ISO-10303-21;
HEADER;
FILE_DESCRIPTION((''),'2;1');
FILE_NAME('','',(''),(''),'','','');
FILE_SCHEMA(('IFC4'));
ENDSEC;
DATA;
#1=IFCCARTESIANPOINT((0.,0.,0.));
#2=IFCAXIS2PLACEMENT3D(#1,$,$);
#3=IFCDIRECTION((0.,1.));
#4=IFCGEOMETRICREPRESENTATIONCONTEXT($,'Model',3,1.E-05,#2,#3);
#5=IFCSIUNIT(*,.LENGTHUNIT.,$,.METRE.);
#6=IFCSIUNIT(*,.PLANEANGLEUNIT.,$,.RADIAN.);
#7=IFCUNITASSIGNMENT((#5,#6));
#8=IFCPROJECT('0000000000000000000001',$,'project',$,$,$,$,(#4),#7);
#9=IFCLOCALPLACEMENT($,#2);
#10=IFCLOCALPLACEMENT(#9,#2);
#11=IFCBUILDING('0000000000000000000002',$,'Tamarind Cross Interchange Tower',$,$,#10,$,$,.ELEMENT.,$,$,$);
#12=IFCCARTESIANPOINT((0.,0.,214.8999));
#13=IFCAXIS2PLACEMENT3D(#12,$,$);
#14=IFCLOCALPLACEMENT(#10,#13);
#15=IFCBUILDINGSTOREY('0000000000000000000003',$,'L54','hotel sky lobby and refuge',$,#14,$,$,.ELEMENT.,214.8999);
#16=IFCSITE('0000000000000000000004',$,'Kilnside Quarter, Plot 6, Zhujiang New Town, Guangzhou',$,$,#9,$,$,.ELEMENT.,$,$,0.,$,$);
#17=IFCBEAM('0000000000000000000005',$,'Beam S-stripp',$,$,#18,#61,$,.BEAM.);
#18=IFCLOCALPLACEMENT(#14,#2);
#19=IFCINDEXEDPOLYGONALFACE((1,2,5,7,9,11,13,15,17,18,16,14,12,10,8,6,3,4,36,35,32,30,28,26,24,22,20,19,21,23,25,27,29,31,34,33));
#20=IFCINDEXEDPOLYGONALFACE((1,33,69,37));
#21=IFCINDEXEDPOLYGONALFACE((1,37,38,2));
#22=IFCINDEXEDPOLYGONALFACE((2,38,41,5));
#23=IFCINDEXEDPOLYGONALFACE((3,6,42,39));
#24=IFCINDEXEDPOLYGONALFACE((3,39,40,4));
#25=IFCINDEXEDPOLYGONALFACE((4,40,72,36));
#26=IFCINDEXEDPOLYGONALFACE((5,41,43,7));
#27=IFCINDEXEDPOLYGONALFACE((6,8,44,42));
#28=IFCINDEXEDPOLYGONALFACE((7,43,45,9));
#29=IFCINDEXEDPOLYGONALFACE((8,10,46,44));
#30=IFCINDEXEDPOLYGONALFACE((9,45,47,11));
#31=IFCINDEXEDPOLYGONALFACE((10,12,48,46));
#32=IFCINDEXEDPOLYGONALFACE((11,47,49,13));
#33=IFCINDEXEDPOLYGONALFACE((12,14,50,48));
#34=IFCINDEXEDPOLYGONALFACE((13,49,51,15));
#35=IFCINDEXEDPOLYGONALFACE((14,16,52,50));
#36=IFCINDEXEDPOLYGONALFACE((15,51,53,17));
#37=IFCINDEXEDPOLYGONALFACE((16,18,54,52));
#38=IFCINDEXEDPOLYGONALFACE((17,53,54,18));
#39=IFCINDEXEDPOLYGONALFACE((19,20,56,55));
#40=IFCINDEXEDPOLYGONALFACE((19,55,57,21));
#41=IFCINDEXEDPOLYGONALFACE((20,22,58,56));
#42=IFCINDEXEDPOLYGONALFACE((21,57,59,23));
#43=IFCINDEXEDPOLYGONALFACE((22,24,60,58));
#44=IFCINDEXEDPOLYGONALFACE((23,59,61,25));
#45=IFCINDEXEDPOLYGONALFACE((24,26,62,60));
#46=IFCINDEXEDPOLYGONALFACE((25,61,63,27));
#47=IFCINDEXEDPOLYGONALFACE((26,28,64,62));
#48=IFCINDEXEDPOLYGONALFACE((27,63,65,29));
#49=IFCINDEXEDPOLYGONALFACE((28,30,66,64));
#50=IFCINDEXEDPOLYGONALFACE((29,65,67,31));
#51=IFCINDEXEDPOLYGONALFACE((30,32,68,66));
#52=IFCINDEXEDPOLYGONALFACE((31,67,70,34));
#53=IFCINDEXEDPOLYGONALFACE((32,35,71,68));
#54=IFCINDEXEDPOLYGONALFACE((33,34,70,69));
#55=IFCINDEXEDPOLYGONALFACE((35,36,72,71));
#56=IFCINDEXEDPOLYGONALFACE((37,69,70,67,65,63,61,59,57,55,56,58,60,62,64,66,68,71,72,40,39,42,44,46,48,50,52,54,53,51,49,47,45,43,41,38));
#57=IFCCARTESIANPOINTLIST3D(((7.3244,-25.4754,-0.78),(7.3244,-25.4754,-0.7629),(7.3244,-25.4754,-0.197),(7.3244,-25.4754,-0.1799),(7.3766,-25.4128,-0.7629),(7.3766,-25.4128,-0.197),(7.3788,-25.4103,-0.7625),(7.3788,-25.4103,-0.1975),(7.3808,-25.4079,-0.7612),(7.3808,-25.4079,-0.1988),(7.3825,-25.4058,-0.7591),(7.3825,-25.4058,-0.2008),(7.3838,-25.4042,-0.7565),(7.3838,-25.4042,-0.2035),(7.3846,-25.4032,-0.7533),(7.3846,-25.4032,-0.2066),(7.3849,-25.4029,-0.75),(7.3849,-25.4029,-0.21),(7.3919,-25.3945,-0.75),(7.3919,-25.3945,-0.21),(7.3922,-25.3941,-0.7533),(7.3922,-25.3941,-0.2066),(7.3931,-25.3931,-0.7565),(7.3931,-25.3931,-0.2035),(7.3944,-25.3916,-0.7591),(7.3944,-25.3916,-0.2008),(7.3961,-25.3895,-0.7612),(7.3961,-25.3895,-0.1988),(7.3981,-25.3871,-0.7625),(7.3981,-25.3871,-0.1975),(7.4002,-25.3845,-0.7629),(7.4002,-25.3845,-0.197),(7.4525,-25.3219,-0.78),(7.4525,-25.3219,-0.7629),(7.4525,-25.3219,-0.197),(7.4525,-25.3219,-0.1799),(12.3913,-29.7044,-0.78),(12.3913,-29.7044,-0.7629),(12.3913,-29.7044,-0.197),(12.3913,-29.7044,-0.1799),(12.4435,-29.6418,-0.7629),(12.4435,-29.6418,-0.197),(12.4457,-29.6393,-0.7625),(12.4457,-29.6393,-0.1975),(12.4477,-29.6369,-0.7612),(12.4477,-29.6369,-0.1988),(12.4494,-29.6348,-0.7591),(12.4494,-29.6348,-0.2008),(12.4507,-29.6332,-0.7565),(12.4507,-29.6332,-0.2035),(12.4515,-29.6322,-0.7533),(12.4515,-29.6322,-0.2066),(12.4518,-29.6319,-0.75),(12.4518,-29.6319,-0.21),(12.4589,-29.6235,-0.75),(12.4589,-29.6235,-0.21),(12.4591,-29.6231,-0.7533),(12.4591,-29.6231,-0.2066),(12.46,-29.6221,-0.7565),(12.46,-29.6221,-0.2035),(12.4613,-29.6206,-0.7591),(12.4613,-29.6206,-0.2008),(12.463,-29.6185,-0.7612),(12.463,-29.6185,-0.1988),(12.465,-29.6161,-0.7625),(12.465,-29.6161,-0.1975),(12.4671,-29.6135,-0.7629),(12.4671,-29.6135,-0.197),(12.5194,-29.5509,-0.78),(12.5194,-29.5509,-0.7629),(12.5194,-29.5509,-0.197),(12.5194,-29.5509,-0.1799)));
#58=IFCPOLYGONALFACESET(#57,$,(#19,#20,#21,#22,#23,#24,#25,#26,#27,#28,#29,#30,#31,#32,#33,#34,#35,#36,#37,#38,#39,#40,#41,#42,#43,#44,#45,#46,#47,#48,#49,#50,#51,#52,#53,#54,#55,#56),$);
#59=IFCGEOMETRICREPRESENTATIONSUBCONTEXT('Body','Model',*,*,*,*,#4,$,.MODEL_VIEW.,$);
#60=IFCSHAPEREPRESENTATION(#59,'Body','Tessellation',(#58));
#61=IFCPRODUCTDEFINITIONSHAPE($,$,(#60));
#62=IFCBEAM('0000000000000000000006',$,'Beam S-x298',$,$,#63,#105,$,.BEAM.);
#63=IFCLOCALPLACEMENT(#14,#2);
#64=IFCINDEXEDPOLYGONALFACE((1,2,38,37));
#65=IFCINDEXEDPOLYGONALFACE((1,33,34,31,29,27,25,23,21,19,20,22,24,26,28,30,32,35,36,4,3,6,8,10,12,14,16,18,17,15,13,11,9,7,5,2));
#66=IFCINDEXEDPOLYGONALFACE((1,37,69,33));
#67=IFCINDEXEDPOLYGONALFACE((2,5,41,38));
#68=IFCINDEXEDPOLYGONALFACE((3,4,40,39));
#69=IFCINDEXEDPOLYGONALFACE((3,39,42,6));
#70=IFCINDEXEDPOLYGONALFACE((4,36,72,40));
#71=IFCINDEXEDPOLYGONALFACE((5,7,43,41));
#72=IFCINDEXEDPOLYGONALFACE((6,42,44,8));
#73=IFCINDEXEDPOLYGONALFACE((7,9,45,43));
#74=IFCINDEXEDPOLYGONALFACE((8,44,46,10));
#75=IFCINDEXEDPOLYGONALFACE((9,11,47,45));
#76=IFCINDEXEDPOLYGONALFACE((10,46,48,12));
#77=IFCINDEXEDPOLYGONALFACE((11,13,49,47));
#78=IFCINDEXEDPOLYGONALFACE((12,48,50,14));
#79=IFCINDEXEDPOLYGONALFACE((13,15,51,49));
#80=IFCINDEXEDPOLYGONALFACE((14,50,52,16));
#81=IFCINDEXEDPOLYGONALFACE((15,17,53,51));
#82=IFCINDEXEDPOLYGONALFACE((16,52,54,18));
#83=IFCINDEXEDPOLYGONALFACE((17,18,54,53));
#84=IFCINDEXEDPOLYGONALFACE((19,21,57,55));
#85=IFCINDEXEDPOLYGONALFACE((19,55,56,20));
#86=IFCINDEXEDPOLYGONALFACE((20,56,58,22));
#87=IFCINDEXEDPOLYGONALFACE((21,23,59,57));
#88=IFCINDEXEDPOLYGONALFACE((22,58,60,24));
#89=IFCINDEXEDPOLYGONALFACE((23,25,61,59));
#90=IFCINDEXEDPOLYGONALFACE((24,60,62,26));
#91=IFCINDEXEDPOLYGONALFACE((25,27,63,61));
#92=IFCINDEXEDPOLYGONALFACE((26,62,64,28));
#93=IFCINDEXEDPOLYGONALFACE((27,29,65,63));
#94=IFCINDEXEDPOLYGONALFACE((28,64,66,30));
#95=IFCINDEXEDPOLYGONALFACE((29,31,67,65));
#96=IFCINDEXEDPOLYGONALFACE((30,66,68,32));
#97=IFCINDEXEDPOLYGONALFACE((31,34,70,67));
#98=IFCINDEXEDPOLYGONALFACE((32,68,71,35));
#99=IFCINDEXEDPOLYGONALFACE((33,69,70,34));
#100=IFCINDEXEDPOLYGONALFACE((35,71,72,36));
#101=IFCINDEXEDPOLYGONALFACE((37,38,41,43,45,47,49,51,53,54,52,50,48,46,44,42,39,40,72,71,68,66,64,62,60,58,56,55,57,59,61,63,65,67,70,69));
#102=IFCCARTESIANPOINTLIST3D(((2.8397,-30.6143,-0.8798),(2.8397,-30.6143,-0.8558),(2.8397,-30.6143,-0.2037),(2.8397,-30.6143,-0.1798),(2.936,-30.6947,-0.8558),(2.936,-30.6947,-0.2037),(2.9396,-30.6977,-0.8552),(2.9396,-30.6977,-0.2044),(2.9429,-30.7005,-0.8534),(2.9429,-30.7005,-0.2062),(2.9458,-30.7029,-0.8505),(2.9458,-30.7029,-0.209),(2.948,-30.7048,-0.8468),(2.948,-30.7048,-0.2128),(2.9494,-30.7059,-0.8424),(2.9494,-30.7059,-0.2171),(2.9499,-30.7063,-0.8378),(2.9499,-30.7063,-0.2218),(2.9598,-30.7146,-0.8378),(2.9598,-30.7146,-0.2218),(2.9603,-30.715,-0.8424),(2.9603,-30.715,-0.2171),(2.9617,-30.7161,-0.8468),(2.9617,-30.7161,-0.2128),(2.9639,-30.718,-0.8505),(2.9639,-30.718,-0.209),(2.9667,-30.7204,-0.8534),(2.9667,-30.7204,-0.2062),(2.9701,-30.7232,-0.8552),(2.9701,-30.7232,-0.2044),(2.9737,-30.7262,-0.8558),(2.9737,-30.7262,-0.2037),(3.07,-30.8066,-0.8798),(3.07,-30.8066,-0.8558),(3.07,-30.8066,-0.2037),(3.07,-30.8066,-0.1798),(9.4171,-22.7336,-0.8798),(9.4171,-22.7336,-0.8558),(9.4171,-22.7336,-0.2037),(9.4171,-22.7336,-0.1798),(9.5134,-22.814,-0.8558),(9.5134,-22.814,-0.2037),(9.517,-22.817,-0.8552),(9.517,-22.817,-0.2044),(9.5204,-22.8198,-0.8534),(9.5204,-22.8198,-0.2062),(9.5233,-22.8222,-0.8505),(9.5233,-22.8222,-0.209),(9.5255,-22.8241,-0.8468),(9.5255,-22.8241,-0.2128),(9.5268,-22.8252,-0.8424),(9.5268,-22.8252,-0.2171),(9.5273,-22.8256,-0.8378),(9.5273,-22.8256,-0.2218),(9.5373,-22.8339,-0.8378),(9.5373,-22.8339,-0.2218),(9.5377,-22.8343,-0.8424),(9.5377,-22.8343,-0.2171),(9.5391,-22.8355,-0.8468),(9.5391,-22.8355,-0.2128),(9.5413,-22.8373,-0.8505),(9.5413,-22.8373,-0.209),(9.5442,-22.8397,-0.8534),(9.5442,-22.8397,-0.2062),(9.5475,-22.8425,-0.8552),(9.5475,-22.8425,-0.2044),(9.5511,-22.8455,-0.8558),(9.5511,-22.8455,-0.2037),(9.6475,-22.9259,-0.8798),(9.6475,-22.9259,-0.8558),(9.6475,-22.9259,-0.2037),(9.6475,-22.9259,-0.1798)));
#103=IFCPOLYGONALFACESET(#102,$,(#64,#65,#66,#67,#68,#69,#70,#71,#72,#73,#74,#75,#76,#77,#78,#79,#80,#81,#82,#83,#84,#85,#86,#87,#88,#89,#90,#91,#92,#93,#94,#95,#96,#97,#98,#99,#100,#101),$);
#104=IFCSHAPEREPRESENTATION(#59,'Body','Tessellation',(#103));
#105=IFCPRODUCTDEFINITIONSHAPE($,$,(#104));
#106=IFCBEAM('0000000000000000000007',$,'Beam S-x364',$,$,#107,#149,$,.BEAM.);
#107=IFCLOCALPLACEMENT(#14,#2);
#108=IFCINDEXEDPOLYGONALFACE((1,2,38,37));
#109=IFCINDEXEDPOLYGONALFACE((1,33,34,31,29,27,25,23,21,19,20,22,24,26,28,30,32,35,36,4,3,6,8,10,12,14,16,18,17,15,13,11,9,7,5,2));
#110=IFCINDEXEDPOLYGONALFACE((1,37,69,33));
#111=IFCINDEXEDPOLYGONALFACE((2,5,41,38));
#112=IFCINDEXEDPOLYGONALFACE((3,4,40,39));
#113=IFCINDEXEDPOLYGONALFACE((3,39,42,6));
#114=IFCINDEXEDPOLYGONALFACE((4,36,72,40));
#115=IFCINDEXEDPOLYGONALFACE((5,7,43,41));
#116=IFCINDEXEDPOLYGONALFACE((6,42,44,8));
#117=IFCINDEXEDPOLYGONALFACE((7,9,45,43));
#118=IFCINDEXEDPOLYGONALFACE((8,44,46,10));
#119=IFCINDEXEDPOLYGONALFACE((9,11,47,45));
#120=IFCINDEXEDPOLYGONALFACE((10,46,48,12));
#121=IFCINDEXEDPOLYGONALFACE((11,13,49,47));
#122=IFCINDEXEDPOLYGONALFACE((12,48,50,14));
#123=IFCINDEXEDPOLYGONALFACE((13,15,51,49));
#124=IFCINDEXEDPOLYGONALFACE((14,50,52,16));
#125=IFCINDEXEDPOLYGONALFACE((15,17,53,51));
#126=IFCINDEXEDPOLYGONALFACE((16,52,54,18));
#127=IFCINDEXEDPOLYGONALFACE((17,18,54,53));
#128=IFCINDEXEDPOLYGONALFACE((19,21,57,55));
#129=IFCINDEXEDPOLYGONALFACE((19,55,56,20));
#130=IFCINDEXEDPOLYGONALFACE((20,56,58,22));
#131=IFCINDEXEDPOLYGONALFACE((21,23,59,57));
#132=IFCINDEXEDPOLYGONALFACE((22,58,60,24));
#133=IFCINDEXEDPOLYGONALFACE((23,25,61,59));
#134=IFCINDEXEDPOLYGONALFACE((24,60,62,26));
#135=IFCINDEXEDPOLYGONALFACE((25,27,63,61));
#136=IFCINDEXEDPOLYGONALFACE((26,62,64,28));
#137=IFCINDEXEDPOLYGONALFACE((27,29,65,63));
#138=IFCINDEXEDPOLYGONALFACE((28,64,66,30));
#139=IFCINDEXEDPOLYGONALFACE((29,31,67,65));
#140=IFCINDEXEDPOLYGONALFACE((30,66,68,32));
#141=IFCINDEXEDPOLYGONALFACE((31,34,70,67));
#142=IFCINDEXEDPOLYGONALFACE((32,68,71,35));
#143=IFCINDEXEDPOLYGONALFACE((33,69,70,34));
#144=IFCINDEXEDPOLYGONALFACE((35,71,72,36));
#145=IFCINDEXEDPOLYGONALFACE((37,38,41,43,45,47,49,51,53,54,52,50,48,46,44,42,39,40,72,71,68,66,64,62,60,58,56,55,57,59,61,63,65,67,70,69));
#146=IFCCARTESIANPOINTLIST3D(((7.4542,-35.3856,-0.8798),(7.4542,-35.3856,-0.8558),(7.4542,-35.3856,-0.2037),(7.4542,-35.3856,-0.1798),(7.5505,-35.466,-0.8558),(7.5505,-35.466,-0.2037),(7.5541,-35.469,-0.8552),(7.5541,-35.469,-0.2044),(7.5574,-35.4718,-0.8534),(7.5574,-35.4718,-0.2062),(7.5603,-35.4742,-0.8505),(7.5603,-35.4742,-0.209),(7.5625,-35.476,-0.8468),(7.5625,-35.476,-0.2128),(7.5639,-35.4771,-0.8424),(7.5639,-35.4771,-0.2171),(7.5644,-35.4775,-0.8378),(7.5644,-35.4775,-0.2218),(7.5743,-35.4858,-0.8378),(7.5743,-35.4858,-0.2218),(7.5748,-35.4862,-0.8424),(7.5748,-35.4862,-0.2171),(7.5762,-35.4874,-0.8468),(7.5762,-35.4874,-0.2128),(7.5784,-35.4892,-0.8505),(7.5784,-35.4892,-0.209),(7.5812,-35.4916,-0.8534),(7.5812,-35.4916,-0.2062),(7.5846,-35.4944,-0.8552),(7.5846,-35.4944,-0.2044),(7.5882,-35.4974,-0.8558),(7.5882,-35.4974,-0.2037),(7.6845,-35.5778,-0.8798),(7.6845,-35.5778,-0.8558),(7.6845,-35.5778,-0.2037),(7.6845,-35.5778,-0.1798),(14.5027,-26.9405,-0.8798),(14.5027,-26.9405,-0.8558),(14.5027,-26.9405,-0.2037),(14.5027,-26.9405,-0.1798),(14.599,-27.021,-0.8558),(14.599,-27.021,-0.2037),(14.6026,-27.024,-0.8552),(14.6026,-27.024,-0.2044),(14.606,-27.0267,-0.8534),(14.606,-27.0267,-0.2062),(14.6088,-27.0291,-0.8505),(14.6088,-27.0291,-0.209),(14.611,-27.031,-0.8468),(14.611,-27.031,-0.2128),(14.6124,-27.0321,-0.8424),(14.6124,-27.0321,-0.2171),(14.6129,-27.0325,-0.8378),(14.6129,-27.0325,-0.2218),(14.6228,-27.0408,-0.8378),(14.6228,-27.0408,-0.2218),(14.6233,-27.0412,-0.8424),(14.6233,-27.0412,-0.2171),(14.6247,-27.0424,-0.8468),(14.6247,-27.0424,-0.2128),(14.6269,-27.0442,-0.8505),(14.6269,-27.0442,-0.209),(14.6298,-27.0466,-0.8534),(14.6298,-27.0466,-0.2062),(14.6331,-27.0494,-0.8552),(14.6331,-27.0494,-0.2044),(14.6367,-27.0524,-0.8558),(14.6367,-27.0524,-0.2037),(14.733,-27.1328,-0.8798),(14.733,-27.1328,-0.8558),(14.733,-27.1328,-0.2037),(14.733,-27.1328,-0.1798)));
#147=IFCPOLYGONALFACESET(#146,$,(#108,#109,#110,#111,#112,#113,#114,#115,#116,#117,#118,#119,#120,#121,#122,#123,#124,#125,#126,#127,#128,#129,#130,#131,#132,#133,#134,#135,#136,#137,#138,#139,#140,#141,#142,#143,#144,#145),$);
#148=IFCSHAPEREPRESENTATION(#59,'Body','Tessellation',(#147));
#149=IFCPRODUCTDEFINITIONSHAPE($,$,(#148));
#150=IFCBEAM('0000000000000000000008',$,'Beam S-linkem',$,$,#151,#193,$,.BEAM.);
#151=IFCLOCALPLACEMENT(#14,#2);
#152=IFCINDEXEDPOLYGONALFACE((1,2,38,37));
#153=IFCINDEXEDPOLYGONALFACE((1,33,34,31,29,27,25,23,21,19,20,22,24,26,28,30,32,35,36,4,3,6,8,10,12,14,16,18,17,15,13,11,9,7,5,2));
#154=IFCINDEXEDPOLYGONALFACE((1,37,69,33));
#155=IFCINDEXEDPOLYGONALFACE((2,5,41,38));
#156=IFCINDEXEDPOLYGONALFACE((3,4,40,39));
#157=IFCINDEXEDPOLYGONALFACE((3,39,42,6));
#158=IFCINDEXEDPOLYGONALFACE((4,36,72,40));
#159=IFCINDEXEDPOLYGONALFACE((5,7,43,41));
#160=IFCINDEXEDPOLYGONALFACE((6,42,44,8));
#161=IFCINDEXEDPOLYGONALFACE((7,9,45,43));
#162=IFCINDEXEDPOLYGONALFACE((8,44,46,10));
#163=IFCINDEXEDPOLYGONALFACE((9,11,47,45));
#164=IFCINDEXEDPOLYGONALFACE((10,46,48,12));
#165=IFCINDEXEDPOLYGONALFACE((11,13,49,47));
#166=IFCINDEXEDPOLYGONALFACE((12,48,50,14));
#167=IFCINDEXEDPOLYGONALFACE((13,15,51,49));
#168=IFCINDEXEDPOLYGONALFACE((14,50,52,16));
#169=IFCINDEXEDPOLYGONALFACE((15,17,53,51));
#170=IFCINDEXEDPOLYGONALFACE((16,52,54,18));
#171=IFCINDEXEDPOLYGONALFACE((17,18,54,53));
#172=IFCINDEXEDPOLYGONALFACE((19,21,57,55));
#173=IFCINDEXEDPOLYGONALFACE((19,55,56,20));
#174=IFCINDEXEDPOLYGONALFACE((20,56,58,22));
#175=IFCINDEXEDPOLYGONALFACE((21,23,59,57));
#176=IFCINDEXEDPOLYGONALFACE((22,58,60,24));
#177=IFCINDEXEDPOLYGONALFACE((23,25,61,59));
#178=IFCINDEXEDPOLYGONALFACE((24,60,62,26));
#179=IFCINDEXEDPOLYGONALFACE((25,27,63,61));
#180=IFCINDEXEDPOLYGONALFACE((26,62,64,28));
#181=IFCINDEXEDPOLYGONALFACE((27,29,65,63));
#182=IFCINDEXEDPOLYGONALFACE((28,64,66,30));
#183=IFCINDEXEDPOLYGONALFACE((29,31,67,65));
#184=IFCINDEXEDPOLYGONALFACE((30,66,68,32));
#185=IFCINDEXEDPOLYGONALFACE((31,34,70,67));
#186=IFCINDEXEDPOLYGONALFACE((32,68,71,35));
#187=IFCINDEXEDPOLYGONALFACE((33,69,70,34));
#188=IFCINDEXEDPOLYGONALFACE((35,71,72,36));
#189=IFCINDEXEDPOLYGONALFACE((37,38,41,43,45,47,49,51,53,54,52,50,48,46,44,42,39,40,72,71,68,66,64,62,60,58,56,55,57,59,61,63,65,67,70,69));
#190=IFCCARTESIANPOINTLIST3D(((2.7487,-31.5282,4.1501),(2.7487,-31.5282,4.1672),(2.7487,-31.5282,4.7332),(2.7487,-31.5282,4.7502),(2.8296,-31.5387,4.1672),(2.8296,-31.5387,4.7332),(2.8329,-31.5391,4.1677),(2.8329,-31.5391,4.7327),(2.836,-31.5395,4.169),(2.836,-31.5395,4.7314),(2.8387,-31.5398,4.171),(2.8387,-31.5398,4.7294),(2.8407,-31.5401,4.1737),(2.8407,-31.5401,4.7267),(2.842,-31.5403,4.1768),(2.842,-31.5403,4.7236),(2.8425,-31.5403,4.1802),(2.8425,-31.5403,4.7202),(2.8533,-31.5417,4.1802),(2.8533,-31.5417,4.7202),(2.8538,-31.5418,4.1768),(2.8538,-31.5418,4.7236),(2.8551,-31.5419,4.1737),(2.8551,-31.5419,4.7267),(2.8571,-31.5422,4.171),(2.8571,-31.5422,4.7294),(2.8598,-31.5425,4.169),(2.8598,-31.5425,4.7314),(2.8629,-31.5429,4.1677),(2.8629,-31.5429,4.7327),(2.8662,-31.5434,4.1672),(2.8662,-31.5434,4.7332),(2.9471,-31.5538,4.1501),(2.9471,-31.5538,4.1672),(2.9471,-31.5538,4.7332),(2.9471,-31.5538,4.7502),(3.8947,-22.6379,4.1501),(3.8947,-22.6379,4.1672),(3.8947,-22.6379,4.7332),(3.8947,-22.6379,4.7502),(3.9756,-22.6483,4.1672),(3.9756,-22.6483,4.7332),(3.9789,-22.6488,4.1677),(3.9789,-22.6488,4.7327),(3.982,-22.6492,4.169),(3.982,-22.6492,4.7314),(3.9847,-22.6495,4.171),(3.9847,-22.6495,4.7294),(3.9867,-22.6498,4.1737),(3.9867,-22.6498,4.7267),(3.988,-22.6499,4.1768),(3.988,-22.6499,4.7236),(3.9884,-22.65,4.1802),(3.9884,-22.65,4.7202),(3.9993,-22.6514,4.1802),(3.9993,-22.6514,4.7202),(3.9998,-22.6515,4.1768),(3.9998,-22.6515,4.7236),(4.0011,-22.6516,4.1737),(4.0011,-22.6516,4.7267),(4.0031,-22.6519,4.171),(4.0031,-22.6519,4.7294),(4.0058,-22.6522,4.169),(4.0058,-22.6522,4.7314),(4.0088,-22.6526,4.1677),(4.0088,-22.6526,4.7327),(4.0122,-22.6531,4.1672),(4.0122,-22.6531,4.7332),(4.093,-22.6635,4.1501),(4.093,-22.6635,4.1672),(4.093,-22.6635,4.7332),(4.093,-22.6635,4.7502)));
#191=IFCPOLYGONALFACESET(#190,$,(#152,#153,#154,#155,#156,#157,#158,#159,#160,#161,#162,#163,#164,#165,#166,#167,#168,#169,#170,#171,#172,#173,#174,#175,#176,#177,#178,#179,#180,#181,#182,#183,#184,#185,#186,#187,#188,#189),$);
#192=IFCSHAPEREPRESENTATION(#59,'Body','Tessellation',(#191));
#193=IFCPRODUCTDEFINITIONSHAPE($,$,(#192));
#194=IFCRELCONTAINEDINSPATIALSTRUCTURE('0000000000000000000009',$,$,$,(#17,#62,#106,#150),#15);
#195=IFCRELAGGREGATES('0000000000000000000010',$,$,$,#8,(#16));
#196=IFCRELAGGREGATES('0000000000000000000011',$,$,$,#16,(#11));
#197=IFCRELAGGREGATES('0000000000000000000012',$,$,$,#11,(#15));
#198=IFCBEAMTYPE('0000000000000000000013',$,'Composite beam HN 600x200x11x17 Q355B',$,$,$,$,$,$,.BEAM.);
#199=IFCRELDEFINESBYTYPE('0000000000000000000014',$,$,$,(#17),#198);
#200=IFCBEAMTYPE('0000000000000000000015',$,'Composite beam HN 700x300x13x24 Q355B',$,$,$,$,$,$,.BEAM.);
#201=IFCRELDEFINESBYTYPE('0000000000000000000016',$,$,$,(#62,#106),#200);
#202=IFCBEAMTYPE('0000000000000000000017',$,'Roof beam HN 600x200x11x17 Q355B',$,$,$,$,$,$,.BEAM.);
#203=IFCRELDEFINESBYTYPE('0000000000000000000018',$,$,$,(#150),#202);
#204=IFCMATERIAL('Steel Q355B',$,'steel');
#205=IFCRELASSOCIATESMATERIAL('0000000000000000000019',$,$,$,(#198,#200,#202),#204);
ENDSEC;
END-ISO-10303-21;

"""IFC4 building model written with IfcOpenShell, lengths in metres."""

from ifc_helpers import new_model, si_unit, direction, frame, origin, origin_2d, place, context, subcontext, project, spatial, i_section, extrude, material, material_profile, profile_set, type_object, element, save


model = new_model("IFC4")

# Units and contexts
model_context = context("Model", 3, precision=1e-05, world=origin(), true_north=direction((0.0, 1.0)))
body_context = subcontext(model_context, "Body", "Model", "MODEL_VIEW")
ifc_project = project(units=[si_unit("LENGTHUNIT", "METRE"), si_unit("PLANEANGLEUNIT", "RADIAN")], contexts=[model_context])

# Site, building, storey
site_placement = place(None, origin())
site = spatial("IfcSite", under=ifc_project, at=site_placement, Name="Kilnside Quarter, Plot 6, Zhujiang New Town, Guangzhou", CompositionType="ELEMENT", RefElevation=0.0)
building_placement = place(site_placement, origin())
building = spatial("IfcBuilding", under=site, at=building_placement, Name="Tamarind Cross Interchange Tower", CompositionType="ELEMENT")
storey_placement = place(building_placement, frame((0.0, 0.0, 214.8999)))
storey = spatial("IfcBuildingStorey", under=building, at=storey_placement, Name="L54", Description="hotel sky lobby and refuge", CompositionType="ELEMENT", Elevation=214.8999)

# Beams
ifc_material_1 = material(Name="Steel Q355B", Category="steel")
ifc_material_profile_1 = material_profile(ifc_material_1, i_section(OverallWidth=0.2, OverallDepth=0.6001, WebThickness=0.011, FlangeThickness=0.0171, FilletRadius=0.0129, at=origin_2d()), Name="HN 600x200x11x17")
ifc_profile_set_1 = profile_set([ifc_material_profile_1], Name="Steel Q355B")
beam_type_1 = type_object("IfcBeamType", Name="Composite beam HN 600x200x11x17 Q355B", PredefinedType="BEAM", material=ifc_profile_set_1)
beam_1_placement = place(storey_placement, frame((7.3884, -25.3987, -0.48), z_axis=(0.76773, -0.640774, 0.0), x_axis=(0.640774, 0.76773, 0.0)))
element("IfcBeam", 1, at=beam_1_placement, inside=storey, type_object=beam_type_1, Name="Beam S-stripp", PredefinedType="BEAM", context=body_context, shape_type="SweptSolid", body=[
    extrude(i_section(OverallWidth=0.2, OverallDepth=0.6001, WebThickness=0.011, FlangeThickness=0.0171, FilletRadius=0.0129, at=origin_2d()), origin(), (0.0, 0.0, 1.0), 6.5999),
])
ifc_material_profile_2 = material_profile(ifc_material_1, i_section(OverallWidth=0.3, OverallDepth=0.7, WebThickness=0.0129, FlangeThickness=0.0239, FilletRadius=0.0181, at=origin_2d()), Name="HN 700x300x13x24")
ifc_profile_set_2 = profile_set([ifc_material_profile_2], Name="Steel Q355B")
beam_type_2 = type_object("IfcBeamType", Name="Composite beam HN 700x300x13x24 Q355B", PredefinedType="BEAM", material=ifc_profile_set_2)
beam_2_placement = place(storey_placement, frame((2.9548, -30.7104, -0.5298), z_axis=(0.640771, 0.767732, 0.0), x_axis=(-0.767732, 0.640771, 0.0)))
element("IfcBeam", 2, at=beam_2_placement, inside=storey, type_object=beam_type_2, Name="Beam S-x298", PredefinedType="BEAM", context=body_context, shape_type="SweptSolid", body=[
    extrude(i_section(OverallWidth=0.3, OverallDepth=0.7, WebThickness=0.0129, FlangeThickness=0.0239, FilletRadius=0.0181, at=origin_2d()), origin(), (0.0, 0.0, 1.0), 10.2649),
])
beam_3_placement = place(storey_placement, frame((7.5693, -35.4817, -0.5298), z_axis=(0.640776, 0.767728, 0.0), x_axis=(-0.767728, 0.640776, 0.0)))
element("IfcBeam", 3, at=beam_3_placement, inside=storey, type_object=beam_type_2, Name="Beam S-x364", PredefinedType="BEAM", context=body_context, shape_type="SweptSolid", body=[
    extrude(i_section(OverallWidth=0.3, OverallDepth=0.7, WebThickness=0.0129, FlangeThickness=0.0239, FilletRadius=0.0181, at=origin_2d()), origin(), (0.0, 0.0, 1.0), 11.0),
])
ifc_material_profile_3 = material_profile(ifc_material_1, i_section(OverallWidth=0.2, OverallDepth=0.6001, WebThickness=0.011, FlangeThickness=0.0171, FilletRadius=0.0129, at=origin_2d()), Name="HN 600x200x11x17")
ifc_profile_set_3 = profile_set([ifc_material_profile_3], Name="Steel Q355B")
beam_type_3 = type_object("IfcBeamType", Name="Roof beam HN 600x200x11x17 Q355B", PredefinedType="BEAM", material=ifc_profile_set_3)
beam_4_placement = place(storey_placement, frame((2.8479, -31.541, 4.4502), z_axis=(0.127845, 0.991794, 0.0), x_axis=(-0.991794, 0.127845, 0.0)))
element("IfcBeam", 4, at=beam_4_placement, inside=storey, type_object=beam_type_3, Name="Beam S-linkem", PredefinedType="BEAM", context=body_context, shape_type="SweptSolid", body=[
    extrude(i_section(OverallWidth=0.2, OverallDepth=0.6001, WebThickness=0.011, FlangeThickness=0.0171, FilletRadius=0.0129, at=origin_2d()), origin(), (0.0, 0.0, 1.0), 8.9639),
])

save(model, "model.ifc")
